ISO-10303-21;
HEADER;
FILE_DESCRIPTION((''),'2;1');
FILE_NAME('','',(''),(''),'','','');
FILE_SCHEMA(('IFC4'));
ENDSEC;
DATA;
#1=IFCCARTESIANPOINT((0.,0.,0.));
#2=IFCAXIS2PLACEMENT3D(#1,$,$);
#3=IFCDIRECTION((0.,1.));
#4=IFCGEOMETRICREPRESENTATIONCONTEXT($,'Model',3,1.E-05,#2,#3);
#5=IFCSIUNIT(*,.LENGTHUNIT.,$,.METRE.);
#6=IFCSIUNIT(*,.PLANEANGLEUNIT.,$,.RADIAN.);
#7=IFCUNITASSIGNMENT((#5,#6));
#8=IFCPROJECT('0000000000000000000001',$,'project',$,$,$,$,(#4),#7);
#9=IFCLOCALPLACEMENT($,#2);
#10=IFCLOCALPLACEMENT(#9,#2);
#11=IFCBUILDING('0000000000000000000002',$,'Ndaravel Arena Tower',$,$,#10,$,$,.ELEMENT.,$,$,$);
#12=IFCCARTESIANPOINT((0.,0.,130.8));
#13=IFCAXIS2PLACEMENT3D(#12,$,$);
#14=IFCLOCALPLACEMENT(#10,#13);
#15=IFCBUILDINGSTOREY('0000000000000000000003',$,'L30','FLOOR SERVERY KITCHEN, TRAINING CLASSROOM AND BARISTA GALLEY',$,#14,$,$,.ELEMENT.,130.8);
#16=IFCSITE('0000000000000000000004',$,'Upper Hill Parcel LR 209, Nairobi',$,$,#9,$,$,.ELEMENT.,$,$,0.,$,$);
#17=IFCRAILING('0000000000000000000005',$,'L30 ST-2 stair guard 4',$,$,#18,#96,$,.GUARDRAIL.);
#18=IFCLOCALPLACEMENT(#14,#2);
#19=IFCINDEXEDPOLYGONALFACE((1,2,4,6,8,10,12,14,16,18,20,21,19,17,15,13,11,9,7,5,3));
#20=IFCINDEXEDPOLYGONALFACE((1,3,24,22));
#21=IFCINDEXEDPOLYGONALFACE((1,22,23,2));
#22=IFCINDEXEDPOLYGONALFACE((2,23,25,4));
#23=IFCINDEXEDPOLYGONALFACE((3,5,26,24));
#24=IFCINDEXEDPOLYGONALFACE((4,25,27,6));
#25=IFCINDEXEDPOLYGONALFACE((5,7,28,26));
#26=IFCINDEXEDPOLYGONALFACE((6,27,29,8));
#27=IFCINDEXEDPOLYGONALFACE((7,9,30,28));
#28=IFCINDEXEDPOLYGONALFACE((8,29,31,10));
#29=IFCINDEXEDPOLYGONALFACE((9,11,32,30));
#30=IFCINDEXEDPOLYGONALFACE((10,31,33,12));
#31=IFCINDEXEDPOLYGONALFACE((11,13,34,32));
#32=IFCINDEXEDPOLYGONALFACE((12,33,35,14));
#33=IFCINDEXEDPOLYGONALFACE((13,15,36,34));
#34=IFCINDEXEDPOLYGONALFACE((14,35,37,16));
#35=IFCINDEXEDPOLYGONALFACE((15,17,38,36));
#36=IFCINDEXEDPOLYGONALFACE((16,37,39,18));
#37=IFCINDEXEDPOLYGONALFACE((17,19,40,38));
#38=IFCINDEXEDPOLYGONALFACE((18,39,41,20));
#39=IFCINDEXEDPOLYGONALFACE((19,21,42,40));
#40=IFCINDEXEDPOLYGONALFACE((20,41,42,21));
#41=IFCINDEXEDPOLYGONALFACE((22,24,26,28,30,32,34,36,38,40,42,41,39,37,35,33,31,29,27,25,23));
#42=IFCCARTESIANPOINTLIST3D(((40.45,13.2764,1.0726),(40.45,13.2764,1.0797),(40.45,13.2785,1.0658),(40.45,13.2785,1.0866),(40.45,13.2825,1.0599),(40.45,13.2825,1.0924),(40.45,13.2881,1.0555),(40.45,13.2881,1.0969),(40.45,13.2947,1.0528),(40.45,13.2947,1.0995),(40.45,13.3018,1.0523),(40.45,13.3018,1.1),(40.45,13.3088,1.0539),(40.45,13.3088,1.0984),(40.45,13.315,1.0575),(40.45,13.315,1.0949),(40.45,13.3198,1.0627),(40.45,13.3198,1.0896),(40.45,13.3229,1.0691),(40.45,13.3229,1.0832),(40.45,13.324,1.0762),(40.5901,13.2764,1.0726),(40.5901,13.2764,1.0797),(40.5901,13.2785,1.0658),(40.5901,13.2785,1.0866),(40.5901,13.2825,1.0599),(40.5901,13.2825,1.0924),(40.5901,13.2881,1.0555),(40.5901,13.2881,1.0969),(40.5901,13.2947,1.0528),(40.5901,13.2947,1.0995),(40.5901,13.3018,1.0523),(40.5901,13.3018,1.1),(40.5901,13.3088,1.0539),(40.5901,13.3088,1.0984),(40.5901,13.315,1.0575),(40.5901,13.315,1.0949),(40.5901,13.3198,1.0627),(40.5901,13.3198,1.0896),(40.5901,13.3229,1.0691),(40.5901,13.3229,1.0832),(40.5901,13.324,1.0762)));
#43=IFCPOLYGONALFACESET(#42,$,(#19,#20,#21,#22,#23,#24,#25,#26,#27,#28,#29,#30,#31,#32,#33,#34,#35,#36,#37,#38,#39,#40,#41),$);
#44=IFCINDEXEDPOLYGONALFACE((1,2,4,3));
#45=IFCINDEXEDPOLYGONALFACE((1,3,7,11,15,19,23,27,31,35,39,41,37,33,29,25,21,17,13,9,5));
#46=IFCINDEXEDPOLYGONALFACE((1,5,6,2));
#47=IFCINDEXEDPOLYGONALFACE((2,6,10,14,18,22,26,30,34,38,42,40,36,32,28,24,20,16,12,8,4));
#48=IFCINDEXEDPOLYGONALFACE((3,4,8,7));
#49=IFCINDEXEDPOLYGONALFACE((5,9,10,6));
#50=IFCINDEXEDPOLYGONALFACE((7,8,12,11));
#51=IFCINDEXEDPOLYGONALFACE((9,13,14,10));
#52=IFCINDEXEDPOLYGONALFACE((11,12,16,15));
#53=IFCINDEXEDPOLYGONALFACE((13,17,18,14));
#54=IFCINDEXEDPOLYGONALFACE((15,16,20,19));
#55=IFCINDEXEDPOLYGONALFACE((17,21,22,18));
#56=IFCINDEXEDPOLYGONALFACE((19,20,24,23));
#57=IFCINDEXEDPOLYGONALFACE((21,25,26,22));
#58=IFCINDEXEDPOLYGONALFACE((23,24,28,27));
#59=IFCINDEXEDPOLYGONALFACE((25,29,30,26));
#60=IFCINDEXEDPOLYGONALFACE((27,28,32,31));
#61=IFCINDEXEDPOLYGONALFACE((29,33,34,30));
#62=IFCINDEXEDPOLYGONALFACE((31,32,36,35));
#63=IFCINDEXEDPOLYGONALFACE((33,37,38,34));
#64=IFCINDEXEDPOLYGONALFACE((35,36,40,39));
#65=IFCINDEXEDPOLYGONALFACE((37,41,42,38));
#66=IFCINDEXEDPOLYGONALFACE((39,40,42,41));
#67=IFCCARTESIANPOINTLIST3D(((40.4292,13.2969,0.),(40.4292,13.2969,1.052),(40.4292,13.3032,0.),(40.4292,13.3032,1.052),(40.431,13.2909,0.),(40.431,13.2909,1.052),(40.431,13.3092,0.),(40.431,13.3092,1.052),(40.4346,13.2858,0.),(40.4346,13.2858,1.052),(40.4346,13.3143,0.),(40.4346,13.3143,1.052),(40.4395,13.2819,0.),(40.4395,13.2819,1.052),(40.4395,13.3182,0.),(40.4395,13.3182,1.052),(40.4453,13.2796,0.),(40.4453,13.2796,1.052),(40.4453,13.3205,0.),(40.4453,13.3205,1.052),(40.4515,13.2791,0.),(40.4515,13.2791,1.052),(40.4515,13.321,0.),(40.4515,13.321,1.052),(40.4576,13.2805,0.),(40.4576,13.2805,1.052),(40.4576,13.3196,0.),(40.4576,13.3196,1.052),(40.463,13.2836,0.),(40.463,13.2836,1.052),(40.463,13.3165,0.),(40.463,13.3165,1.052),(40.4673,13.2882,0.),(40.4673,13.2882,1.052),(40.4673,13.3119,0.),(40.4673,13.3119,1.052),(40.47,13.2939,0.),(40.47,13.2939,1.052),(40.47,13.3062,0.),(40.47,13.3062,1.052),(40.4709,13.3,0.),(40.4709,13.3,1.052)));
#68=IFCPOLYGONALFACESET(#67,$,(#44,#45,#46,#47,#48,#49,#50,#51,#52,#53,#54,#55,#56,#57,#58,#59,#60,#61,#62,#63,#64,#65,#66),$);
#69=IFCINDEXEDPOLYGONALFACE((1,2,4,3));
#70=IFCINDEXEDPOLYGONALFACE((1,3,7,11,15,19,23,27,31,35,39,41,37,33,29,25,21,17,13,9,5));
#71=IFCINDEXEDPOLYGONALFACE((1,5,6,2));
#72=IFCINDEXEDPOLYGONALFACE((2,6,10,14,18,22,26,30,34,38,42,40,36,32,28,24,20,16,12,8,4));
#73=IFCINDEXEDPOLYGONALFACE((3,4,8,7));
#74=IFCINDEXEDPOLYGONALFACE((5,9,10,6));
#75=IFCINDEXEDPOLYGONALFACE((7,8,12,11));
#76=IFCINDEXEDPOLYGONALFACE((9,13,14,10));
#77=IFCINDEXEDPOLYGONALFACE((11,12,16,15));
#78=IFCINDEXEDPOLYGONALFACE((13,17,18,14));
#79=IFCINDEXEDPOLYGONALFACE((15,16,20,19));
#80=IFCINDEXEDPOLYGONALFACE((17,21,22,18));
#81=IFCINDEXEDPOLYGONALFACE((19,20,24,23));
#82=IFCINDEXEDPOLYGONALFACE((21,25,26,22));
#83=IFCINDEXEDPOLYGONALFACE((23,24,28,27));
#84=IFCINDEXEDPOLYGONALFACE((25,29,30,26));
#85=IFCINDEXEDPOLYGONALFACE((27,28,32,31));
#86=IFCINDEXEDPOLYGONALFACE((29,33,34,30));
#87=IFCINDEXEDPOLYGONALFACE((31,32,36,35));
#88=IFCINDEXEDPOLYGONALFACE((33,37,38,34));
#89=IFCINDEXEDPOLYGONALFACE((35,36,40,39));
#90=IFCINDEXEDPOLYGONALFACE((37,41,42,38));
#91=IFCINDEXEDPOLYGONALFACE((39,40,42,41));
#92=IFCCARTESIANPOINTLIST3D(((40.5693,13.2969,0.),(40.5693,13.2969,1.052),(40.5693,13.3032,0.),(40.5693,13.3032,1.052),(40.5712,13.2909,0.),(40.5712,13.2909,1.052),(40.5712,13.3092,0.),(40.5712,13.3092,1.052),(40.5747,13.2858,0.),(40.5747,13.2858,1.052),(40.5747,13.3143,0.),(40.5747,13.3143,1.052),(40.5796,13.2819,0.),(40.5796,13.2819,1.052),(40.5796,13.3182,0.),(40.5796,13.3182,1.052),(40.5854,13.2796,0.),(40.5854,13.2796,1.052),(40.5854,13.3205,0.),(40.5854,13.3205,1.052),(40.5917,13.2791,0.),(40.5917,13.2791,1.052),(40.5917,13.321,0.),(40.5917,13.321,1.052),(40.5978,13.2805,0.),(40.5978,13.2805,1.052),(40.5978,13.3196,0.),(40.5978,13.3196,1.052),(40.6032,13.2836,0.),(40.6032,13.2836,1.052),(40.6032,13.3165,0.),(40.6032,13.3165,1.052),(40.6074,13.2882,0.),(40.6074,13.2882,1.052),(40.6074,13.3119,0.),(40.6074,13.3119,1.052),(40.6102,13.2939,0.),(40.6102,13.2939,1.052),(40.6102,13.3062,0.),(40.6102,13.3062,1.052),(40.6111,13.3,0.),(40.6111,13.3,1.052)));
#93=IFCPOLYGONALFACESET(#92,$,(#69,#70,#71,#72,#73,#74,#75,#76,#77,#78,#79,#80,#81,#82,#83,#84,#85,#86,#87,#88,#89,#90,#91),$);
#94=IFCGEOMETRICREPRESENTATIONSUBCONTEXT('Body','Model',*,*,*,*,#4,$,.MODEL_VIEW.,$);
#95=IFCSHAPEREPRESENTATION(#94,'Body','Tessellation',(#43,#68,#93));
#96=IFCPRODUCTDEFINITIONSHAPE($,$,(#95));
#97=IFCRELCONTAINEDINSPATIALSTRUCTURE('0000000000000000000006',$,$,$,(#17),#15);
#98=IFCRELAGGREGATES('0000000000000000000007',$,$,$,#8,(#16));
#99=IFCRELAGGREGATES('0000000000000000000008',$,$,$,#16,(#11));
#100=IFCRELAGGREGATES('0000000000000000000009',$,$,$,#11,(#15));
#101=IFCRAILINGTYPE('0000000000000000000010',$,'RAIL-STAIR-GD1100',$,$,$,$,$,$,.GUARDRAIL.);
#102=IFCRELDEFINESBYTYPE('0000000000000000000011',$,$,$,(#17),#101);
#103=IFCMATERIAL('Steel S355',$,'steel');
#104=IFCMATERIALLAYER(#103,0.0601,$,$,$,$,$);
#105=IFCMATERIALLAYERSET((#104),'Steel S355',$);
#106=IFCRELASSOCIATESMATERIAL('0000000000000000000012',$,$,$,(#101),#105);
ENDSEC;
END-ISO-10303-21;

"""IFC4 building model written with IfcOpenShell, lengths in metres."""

from ifc_helpers import new_model, si_unit, direction, frame, origin, origin_2d, place, context, subcontext, project, spatial, circle, extrude, material, layer, layer_set, type_object, element, save


model = new_model("IFC4")

# Units and contexts
model_context = context("Model", 3, precision=1e-05, world=origin(), true_north=direction((0.0, 1.0)))
body_context = subcontext(model_context, "Body", "Model", "MODEL_VIEW")
ifc_project = project(units=[si_unit("LENGTHUNIT", "METRE"), si_unit("PLANEANGLEUNIT", "RADIAN")], contexts=[model_context])

# Site, building, storey
site_placement = place(None, origin())
site = spatial("IfcSite", under=ifc_project, at=site_placement, Name="Upper Hill Parcel LR 209, Nairobi", CompositionType="ELEMENT", RefElevation=0.0)
building_placement = place(site_placement, origin())
building = spatial("IfcBuilding", under=site, at=building_placement, Name="Ndaravel Arena Tower", CompositionType="ELEMENT")
storey_placement = place(building_placement, frame((0.0, 0.0, 130.8)))
storey = spatial("IfcBuildingStorey", under=building, at=storey_placement, Name="L30", Description="FLOOR SERVERY KITCHEN, TRAINING CLASSROOM AND BARISTA GALLEY", CompositionType="ELEMENT", Elevation=130.8)

# Railing
ifc_material_1 = material(Name="Steel S355", Category="steel")
ifc_layer_1 = layer(ifc_material_1, 0.0601)
ifc_layer_set_1 = layer_set([ifc_layer_1], Name="Steel S355")
railing_type_1 = type_object("IfcRailingType", Name="RAIL-STAIR-GD1100", PredefinedType="GUARDRAIL", material=ifc_layer_set_1)
railing_1_placement = place(storey_placement, frame((40.45, 13.3, 0.0)))
element("IfcRailing", 1, at=railing_1_placement, inside=storey, type_object=railing_type_1, Name="L30 ST-2 stair guard 4", PredefinedType="GUARDRAIL", context=body_context, shape_type="SweptSolid", body=[
    extrude(circle(Radius=0.0239, at=origin_2d()), frame((0.0, 0.0, 1.0762), z_axis=(1.0, 0.0, 0.0), x_axis=(0.0, 1.0, 0.0)), (0.0, 0.0, 1.0), 0.1401),
    extrude(circle(Radius=0.021, at=origin_2d()), origin(), (0.0, 0.0, 1.0), 1.052),
    extrude(circle(Radius=0.021, at=origin_2d()), frame((0.1401, 0.0, 0.0)), (0.0, 0.0, 1.0), 1.052),
])

save(model, "model.ifc")
